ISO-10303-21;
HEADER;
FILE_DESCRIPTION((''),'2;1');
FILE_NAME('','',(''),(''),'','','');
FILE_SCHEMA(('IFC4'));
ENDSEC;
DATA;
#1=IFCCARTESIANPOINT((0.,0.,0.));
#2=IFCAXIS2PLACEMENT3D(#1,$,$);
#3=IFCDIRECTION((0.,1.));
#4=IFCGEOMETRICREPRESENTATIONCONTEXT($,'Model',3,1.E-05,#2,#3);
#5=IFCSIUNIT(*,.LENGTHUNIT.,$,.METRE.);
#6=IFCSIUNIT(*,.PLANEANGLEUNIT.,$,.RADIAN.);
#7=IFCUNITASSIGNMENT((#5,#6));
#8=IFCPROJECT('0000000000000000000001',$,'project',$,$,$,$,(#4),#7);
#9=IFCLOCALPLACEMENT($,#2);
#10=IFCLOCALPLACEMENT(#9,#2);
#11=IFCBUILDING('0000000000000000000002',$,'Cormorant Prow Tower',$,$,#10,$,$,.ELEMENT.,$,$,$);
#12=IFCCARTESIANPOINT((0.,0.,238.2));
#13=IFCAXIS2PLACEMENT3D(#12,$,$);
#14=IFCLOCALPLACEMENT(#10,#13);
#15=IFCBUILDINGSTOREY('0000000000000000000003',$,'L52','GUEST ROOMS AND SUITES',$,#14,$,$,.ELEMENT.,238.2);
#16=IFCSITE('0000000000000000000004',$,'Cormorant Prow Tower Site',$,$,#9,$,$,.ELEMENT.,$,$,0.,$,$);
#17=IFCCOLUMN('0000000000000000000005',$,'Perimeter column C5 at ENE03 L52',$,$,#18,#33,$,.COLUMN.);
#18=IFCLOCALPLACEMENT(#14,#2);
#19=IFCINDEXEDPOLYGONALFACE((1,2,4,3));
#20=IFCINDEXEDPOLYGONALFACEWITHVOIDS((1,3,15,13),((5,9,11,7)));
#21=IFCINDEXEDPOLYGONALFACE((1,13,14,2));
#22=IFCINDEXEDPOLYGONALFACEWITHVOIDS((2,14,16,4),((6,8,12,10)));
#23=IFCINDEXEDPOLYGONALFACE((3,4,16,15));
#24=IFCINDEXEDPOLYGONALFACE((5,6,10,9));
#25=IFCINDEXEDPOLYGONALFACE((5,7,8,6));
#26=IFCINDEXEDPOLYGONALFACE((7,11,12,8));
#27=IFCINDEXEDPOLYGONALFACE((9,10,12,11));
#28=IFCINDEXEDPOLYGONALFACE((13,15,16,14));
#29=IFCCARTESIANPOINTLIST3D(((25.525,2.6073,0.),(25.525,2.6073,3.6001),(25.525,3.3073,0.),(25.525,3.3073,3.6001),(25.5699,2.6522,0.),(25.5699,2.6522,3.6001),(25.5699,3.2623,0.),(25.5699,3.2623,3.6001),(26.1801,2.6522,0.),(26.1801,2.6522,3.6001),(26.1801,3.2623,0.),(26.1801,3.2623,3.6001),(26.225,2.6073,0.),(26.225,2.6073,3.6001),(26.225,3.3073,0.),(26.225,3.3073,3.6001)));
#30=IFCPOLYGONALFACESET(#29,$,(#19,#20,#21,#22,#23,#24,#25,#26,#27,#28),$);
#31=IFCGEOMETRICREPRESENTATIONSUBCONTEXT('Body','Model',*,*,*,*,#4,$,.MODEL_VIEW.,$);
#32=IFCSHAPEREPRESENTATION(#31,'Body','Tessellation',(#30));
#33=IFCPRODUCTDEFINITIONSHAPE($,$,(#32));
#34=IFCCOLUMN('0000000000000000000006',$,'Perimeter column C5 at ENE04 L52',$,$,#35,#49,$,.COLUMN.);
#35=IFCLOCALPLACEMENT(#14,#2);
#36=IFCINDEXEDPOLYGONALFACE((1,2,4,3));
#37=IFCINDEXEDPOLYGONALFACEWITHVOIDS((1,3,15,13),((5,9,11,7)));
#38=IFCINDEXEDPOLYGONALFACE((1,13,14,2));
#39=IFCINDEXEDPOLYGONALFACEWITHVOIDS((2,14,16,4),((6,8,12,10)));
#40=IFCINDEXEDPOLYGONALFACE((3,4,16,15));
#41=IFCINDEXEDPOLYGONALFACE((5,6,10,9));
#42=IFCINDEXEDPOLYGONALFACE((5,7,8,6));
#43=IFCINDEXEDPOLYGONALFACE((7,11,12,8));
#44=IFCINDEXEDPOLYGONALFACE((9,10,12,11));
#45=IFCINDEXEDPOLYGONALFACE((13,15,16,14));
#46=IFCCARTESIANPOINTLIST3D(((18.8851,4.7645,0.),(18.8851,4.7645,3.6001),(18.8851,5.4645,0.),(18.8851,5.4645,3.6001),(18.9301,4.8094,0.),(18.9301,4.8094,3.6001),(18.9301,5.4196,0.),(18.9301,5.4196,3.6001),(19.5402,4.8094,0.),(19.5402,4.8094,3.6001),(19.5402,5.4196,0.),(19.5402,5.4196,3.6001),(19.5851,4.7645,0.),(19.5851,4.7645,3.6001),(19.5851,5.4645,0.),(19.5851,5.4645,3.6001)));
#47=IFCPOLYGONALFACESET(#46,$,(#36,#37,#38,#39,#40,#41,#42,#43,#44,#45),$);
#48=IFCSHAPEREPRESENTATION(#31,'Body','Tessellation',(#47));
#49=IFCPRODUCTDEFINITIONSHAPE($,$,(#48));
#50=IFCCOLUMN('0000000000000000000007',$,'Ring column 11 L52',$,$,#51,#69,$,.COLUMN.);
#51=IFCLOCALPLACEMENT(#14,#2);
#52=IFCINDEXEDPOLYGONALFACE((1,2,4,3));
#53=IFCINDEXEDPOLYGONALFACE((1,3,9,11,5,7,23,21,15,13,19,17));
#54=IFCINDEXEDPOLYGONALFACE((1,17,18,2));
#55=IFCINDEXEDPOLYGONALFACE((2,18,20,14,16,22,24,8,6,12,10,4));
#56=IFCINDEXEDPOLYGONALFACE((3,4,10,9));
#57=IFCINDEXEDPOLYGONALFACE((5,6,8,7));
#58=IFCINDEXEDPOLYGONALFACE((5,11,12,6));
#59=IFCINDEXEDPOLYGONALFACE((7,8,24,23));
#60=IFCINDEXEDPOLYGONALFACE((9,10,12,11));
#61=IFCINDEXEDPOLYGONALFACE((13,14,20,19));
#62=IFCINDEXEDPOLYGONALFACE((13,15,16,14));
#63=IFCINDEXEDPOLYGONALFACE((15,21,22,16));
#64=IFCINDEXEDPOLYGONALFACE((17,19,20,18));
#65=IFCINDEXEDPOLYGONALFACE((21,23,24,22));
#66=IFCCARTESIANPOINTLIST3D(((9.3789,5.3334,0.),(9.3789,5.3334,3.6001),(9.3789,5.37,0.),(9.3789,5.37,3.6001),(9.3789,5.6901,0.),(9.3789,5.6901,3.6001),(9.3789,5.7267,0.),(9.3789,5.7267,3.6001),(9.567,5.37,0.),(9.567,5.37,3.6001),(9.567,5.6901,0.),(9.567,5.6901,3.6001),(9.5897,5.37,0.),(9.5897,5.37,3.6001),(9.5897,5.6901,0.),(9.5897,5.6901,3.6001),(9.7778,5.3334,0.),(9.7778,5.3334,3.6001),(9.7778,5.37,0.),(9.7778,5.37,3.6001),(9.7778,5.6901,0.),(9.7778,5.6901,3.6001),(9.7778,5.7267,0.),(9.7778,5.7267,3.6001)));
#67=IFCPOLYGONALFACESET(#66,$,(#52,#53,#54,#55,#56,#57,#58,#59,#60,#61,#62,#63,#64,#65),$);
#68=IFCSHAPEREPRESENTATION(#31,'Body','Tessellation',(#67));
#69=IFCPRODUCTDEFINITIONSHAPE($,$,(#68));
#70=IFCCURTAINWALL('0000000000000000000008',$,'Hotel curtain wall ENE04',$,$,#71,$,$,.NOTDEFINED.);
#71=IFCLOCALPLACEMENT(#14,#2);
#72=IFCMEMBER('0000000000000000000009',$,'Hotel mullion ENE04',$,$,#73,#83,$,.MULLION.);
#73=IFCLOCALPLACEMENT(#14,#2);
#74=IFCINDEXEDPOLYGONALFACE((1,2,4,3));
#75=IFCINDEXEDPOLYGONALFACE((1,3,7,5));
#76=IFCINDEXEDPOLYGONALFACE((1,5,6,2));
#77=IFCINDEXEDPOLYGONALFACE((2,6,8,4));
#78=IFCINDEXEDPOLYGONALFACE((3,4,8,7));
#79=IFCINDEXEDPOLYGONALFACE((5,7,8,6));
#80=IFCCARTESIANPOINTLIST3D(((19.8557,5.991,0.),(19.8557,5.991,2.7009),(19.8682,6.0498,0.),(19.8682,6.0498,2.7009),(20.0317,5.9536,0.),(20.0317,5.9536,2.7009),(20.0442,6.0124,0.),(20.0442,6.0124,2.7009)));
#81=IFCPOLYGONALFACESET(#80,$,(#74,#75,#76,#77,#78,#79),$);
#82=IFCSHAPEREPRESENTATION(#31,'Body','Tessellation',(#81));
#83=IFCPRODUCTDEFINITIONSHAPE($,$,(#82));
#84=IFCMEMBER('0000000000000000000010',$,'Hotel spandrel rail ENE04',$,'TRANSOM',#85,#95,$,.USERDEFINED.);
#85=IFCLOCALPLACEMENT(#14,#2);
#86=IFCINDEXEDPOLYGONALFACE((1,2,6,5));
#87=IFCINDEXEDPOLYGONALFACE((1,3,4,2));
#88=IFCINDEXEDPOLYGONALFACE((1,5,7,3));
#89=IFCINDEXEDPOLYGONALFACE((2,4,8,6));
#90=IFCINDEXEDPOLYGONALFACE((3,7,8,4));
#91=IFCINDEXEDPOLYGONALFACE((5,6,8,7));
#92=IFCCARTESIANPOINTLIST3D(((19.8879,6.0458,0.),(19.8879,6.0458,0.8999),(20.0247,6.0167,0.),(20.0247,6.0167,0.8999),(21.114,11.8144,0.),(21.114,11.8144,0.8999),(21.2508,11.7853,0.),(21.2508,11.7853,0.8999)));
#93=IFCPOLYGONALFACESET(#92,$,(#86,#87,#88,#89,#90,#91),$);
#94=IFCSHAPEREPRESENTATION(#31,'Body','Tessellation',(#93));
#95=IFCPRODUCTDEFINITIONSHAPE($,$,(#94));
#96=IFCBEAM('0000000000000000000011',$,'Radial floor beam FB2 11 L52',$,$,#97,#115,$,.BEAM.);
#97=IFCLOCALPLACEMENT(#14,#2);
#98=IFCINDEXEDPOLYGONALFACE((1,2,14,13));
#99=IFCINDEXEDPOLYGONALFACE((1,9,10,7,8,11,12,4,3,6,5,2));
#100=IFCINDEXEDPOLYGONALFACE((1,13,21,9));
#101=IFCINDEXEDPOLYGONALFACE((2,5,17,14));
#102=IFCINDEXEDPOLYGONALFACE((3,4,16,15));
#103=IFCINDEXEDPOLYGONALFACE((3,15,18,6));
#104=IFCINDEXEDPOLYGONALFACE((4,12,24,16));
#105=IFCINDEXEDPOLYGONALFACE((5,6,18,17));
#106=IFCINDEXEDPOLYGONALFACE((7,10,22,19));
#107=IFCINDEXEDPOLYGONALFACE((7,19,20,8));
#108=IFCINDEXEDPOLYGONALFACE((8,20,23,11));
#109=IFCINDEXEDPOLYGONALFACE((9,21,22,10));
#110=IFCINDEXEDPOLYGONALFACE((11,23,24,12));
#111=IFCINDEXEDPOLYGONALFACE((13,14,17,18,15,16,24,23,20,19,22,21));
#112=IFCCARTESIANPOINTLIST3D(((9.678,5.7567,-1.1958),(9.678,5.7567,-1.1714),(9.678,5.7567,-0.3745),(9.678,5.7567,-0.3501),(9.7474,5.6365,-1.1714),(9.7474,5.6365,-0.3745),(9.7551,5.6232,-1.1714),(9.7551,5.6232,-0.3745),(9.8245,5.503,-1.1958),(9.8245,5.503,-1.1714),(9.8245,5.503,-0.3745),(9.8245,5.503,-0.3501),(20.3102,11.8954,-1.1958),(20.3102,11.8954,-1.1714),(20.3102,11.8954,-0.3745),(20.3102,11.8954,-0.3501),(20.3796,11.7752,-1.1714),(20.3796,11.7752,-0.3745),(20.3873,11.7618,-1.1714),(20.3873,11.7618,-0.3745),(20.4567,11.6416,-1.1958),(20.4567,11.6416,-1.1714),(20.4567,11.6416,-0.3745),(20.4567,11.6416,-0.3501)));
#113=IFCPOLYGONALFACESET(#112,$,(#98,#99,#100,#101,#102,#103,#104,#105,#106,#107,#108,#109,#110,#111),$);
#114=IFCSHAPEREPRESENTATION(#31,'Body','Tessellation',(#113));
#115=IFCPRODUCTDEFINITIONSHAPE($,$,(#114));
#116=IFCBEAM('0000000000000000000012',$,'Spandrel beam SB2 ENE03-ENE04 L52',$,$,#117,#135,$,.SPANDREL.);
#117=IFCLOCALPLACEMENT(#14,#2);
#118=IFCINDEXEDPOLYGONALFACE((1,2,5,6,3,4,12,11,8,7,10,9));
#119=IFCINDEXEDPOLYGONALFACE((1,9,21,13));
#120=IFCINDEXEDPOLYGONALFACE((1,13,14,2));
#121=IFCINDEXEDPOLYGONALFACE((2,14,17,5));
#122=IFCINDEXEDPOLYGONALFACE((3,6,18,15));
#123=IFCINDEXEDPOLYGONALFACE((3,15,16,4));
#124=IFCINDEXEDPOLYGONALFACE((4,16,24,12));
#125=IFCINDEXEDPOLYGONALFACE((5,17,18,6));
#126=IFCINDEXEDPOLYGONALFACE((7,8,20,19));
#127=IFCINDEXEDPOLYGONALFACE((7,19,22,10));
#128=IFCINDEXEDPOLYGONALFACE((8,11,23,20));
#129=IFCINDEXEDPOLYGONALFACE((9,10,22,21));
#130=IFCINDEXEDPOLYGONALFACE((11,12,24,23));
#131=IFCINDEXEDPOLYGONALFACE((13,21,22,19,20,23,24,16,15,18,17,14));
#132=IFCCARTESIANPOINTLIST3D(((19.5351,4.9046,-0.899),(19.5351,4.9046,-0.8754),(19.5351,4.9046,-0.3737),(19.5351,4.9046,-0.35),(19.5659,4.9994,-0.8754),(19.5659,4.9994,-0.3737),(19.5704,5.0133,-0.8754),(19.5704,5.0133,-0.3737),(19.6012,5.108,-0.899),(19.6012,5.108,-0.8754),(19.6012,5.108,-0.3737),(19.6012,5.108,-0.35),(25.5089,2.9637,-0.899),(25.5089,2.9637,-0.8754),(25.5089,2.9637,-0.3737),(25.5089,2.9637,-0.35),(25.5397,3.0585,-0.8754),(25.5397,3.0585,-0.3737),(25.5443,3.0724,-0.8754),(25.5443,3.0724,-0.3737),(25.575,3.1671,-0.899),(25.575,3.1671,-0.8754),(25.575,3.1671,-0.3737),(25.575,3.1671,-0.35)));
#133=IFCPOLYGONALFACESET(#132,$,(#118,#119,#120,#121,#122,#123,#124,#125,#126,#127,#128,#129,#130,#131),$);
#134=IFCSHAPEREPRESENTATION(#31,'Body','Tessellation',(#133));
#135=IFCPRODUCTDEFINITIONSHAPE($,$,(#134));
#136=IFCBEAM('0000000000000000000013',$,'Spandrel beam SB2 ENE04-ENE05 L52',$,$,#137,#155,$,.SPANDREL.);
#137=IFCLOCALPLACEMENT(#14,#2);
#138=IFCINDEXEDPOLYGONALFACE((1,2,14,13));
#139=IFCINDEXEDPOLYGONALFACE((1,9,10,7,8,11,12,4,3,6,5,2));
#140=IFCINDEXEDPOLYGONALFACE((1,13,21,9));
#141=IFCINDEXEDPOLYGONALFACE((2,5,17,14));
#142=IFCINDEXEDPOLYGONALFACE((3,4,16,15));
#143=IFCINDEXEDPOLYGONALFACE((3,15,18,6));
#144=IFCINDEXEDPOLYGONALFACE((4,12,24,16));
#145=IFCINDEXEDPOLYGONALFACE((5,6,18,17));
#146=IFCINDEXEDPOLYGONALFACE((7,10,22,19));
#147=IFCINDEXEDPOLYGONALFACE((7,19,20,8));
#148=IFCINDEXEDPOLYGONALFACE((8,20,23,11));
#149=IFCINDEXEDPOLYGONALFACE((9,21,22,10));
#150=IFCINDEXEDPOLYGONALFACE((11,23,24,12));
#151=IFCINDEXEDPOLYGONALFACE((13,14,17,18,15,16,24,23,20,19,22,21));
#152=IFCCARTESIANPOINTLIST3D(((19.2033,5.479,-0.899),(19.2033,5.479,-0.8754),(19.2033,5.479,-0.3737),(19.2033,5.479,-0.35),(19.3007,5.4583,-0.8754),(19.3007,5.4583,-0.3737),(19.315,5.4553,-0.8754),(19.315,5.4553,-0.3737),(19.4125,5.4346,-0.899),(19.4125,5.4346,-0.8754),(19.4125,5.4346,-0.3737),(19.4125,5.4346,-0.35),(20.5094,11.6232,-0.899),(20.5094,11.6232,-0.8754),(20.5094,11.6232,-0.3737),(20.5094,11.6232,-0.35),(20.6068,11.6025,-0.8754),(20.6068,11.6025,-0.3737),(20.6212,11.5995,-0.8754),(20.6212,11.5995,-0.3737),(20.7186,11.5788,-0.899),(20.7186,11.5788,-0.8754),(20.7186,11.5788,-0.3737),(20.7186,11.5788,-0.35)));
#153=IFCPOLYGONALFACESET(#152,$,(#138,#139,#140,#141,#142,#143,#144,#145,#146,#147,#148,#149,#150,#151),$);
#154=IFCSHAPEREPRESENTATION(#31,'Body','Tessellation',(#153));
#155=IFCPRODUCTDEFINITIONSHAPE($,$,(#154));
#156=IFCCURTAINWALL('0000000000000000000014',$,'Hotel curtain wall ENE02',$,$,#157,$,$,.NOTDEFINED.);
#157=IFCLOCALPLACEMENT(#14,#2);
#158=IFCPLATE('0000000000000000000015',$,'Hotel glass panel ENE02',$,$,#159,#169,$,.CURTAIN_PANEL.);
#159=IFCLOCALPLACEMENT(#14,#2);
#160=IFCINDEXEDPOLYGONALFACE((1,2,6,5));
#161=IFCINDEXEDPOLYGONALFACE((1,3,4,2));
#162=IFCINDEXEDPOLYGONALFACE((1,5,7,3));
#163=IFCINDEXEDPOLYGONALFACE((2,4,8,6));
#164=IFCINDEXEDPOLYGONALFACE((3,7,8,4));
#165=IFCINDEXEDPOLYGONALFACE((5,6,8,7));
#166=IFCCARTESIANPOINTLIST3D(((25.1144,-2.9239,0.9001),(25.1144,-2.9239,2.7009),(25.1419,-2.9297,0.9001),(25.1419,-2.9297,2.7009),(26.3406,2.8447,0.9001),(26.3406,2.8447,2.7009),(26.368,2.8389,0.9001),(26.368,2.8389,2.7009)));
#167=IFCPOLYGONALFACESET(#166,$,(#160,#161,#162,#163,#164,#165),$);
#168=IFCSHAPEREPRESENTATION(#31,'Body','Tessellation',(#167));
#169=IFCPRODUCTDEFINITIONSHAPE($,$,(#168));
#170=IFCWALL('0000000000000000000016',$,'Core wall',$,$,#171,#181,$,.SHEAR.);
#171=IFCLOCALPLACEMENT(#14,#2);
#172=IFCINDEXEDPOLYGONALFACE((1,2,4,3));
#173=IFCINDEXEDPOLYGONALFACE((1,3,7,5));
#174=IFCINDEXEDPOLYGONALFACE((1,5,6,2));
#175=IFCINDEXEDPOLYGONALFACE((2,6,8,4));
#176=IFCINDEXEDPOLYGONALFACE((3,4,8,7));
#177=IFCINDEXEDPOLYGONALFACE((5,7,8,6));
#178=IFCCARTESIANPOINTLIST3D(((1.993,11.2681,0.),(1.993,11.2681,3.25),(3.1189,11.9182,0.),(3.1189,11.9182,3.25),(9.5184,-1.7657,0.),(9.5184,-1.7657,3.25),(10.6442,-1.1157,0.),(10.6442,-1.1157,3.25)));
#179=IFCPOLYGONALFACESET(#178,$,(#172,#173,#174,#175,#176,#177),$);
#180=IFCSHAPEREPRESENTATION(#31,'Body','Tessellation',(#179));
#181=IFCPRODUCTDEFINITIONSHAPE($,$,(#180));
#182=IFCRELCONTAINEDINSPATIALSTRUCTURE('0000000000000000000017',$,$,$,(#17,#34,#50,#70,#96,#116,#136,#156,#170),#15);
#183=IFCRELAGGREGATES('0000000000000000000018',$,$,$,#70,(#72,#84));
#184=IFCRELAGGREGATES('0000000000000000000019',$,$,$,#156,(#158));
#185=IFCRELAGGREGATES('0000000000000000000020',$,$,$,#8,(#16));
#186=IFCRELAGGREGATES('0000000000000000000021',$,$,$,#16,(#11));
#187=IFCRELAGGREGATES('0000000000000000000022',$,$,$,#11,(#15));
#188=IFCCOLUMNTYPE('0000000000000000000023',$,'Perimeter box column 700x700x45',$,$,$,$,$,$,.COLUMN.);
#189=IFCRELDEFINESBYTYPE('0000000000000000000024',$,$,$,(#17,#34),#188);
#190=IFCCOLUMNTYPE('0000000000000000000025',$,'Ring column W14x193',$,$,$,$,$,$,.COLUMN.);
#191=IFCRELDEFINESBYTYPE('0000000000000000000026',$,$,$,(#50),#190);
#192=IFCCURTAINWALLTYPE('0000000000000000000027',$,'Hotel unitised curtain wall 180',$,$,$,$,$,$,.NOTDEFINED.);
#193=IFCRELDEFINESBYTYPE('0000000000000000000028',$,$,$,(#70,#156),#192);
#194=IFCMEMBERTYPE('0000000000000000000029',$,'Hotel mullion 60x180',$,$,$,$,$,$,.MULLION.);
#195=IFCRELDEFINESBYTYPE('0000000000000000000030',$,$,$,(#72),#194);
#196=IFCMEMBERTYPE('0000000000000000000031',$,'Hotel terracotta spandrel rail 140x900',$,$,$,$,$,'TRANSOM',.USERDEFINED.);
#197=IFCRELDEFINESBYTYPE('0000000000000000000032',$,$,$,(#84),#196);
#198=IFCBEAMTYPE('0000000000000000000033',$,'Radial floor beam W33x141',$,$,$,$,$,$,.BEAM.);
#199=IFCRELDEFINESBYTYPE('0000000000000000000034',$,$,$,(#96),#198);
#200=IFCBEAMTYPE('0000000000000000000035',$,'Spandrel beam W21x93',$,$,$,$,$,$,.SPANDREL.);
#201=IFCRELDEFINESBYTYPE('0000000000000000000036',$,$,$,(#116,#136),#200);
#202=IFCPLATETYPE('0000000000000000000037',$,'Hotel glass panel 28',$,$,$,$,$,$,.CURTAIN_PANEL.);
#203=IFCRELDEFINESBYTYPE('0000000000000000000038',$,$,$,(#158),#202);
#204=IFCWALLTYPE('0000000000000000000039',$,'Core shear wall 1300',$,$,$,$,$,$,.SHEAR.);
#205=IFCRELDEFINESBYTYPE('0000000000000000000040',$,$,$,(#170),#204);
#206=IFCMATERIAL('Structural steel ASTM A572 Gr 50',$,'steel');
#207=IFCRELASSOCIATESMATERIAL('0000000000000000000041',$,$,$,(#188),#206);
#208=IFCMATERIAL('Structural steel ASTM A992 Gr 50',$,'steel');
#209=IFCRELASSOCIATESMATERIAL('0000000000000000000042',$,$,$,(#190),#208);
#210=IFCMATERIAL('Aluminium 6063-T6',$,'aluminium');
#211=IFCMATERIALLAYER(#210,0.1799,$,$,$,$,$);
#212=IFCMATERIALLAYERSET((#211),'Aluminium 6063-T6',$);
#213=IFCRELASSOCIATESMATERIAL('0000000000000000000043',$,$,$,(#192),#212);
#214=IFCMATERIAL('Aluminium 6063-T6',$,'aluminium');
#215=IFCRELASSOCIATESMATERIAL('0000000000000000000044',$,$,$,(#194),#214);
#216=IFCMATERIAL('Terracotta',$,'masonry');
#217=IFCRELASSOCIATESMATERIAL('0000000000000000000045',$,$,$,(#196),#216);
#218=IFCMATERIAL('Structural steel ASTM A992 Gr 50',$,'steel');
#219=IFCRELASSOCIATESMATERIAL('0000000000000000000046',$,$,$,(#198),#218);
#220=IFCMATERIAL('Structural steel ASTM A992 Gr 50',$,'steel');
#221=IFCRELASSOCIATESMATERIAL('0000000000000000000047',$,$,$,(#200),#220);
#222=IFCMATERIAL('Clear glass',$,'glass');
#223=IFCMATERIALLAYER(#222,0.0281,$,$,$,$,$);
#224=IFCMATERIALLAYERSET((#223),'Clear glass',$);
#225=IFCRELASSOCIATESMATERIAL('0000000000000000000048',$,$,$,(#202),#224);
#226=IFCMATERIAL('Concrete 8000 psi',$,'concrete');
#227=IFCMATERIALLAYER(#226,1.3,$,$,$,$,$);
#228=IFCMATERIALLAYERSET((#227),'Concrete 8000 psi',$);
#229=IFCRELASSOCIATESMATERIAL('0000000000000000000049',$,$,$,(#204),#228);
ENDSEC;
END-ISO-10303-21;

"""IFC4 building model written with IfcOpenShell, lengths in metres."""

from ifc_helpers import new_model, si_unit, direction, frame, frame_2d, origin, origin_2d, place, context, subcontext, project, spatial, rectangle, hollow_rectangle, i_section, extrude, material, layer, layer_set, material_profile, profile_set, type_object, element, aggregate, save


model = new_model("IFC4")

# Units and contexts
model_context = context("Model", 3, precision=1e-05, world=origin(), true_north=direction((0.0, 1.0)))
body_context = subcontext(model_context, "Body", "Model", "MODEL_VIEW")
ifc_project = project(units=[si_unit("LENGTHUNIT", "METRE"), si_unit("PLANEANGLEUNIT", "RADIAN")], contexts=[model_context])

# Site, building, storey
site_placement = place(None, origin())
site = spatial("IfcSite", under=ifc_project, at=site_placement, Name="Cormorant Prow Tower Site", CompositionType="ELEMENT", RefElevation=0.0)
building_placement = place(site_placement, origin())
building = spatial("IfcBuilding", under=site, at=building_placement, Name="Cormorant Prow Tower", CompositionType="ELEMENT")
storey_placement = place(building_placement, frame((0.0, 0.0, 238.2)))
storey = spatial("IfcBuildingStorey", under=building, at=storey_placement, Name="L52", Description="GUEST ROOMS AND SUITES", CompositionType="ELEMENT", Elevation=238.2)

# Columns
ifc_material_1 = material(Name="Structural steel ASTM A572 Gr 50", Category="steel")
ifc_material_profile_1 = material_profile(ifc_material_1, hollow_rectangle(XDim=0.7, YDim=0.7, WallThickness=0.0449, at=origin_2d()), Name="Box 700x700x45")
ifc_profile_set_1 = profile_set([ifc_material_profile_1], Name="Structural steel ASTM A572 Gr 50")
column_type_1 = type_object("IfcColumnType", Name="Perimeter box column 700x700x45", PredefinedType="COLUMN", material=ifc_profile_set_1)
for number, where, z_axis, x_axis, name in (
    (1, (25.875, 2.9573, 0.0), (0.0, 0.0, 1.0), (1.0, 0.0, 0.0), "Perimeter column C5 at ENE03 L52"),
    (2, (19.2351, 5.1145, 0.0), (0.0, 0.0, 1.0), (1.0, 0.0, 0.0), "Perimeter column C5 at ENE04 L52"),
):
    element("IfcColumn", number, at=place(storey_placement, frame(where, z_axis=z_axis, x_axis=x_axis)), inside=storey, type_object=column_type_1, Name=name, PredefinedType="COLUMN", context=body_context, shape_type="SweptSolid", body=[
        extrude(hollow_rectangle(XDim=0.7, YDim=0.7, WallThickness=0.0449, at=origin_2d()), origin(), (0.0, 0.0, 1.0), 3.6001),
    ])
ifc_material_2 = material(Name="Structural steel ASTM A992 Gr 50", Category="steel")
ifc_material_profile_2 = material_profile(ifc_material_2, i_section(OverallWidth=0.3989, OverallDepth=0.3933, WebThickness=0.0227, FlangeThickness=0.0366, at=origin_2d()), Name="W14x193")
ifc_profile_set_2 = profile_set([ifc_material_profile_2], Name="Structural steel ASTM A992 Gr 50")
column_type_2 = type_object("IfcColumnType", Name="Ring column W14x193", PredefinedType="COLUMN", material=ifc_profile_set_2)
column_placement = place(storey_placement, frame((9.5784, 5.53, 0.0), z_axis=(0.0, 0.0, 1.0), x_axis=(1.0, 0.0, 0.0)))
element("IfcColumn", 3, at=column_placement, inside=storey, type_object=column_type_2, Name="Ring column 11 L52", PredefinedType="COLUMN", context=body_context, shape_type="SweptSolid", body=[
    extrude(i_section(OverallWidth=0.3989, OverallDepth=0.3933, WebThickness=0.0227, FlangeThickness=0.0366, at=origin_2d()), origin(), (0.0, 0.0, 1.0), 3.6001),
])

# Curtain wall, members
ifc_material_3 = material(Name="Aluminium 6063-T6", Category="aluminium")
ifc_layer_1 = layer(ifc_material_3, 0.1799)
ifc_layer_set_1 = layer_set([ifc_layer_1], Name="Aluminium 6063-T6")
curtain_wall_type = type_object("IfcCurtainWallType", Name="Hotel unitised curtain wall 180", PredefinedType="NOTDEFINED", material=ifc_layer_set_1)
curtain_wall_1_placement = place(storey_placement, origin())
curtain_wall_1 = element("IfcCurtainWall", 4, at=curtain_wall_1_placement, inside=storey, type_object=curtain_wall_type, Name="Hotel curtain wall ENE04", PredefinedType="NOTDEFINED")
ifc_material_4 = material(Name="Aluminium 6063-T6", Category="aluminium")
ifc_material_profile_3 = material_profile(ifc_material_4, rectangle(XDim=0.1799, YDim=0.0601, at=origin_2d()), Name="Hotel mullion 60x180")
ifc_profile_set_3 = profile_set([ifc_material_profile_3], Name="Aluminium 6063-T6")
member_type_1 = type_object("IfcMemberType", Name="Hotel mullion 60x180", PredefinedType="MULLION", material=ifc_profile_set_3)
member_1_placement = place(storey_placement, frame((19.95, 6.0017, 0.0), z_axis=(0.0, 0.0, 1.0), x_axis=(-0.978148, 0.207912, 0.0)))
member_1 = element("IfcMember", 5, at=member_1_placement, type_object=member_type_1, Name="Hotel mullion ENE04", PredefinedType="MULLION", context=body_context, shape_type="SweptSolid", body=[
    extrude(rectangle(XDim=0.1799, YDim=0.0601, at=origin_2d()), origin(), (0.0, 0.0, 1.0), 2.7009),
])
ifc_material_5 = material(Name="Terracotta", Category="masonry")
ifc_material_profile_4 = material_profile(ifc_material_5, rectangle(XDim=0.1399, YDim=0.8999, at=origin_2d()), Name="Hotel terracotta spandrel rail 140x900")
ifc_profile_set_4 = profile_set([ifc_material_profile_4], Name="Terracotta")
member_type_2 = type_object("IfcMemberType", Name="Hotel terracotta spandrel rail 140x900", ElementType="TRANSOM", PredefinedType="USERDEFINED", material=ifc_profile_set_4)
member_2_placement = place(storey_placement, frame((19.9563, 6.0312, 0.45), z_axis=(0.2079, 0.97815, 0.0), x_axis=(-0.97815, 0.2079, 0.0)))
member_2 = element("IfcMember", 6, at=member_2_placement, type_object=member_type_2, Name="Hotel spandrel rail ENE04", ObjectType="TRANSOM", PredefinedType="USERDEFINED", context=body_context, shape_type="SweptSolid", body=[
    extrude(rectangle(XDim=0.1399, YDim=0.8999, at=origin_2d()), origin(), (0.0, 0.0, 1.0), 5.8975),
])
aggregate(curtain_wall_1, [member_1, member_2])

# Beams
ifc_material_6 = material(Name="Structural steel ASTM A992 Gr 50", Category="steel")
ifc_material_profile_5 = material_profile(ifc_material_6, i_section(OverallWidth=0.293, OverallDepth=0.8457, WebThickness=0.0154, FlangeThickness=0.0244, at=origin_2d()), Name="W33x141")
ifc_profile_set_5 = profile_set([ifc_material_profile_5], Name="Structural steel ASTM A992 Gr 50")
beam_type_1 = type_object("IfcBeamType", Name="Radial floor beam W33x141", PredefinedType="BEAM", material=ifc_profile_set_5)
beam_1_placement = place(storey_placement, frame((9.7512, 5.6299, -0.7729), z_axis=(0.866022, 0.500006, 0.0), x_axis=(-0.500006, 0.866022, 0.0)))
element("IfcBeam", 7, at=beam_1_placement, inside=storey, type_object=beam_type_1, Name="Radial floor beam FB2 11 L52", PredefinedType="BEAM", context=body_context, shape_type="SweptSolid", body=[
    extrude(i_section(OverallWidth=0.293, OverallDepth=0.8457, WebThickness=0.0154, FlangeThickness=0.0244, at=origin_2d()), origin(), (0.0, 0.0, 1.0), 12.2771),
])
ifc_material_7 = material(Name="Structural steel ASTM A992 Gr 50", Category="steel")
ifc_material_profile_6 = material_profile(ifc_material_7, i_section(OverallWidth=0.2139, OverallDepth=0.5491, WebThickness=0.0146, FlangeThickness=0.0237, at=origin_2d()), Name="W21x93")
ifc_profile_set_6 = profile_set([ifc_material_profile_6], Name="Structural steel ASTM A992 Gr 50")
beam_type_2 = type_object("IfcBeamType", Name="Spandrel beam W21x93", PredefinedType="SPANDREL", material=ifc_profile_set_6)
beam_2_placement = place(storey_placement, frame((25.542, 3.0654, -0.6245), z_axis=(-0.951062, 0.309001, 0.0), x_axis=(-0.309001, -0.951062, 0.0)))
element("IfcBeam", 8, at=beam_2_placement, inside=storey, type_object=beam_type_2, Name="Spandrel beam SB2 ENE03-ENE04 L52", PredefinedType="SPANDREL", context=body_context, shape_type="SweptSolid", body=[
    extrude(i_section(OverallWidth=0.2139, OverallDepth=0.5491, WebThickness=0.0146, FlangeThickness=0.0237, at=origin_2d()), origin(), (0.0, 0.0, 1.0), 6.2812),
])
beam_3_placement = place(storey_placement, frame((19.3079, 5.4568, -0.6245), z_axis=(0.207934, 0.978143, 0.0), x_axis=(-0.978143, 0.207934, 0.0)))
element("IfcBeam", 9, at=beam_3_placement, inside=storey, type_object=beam_type_2, Name="Spandrel beam SB2 ENE04-ENE05 L52", PredefinedType="SPANDREL", context=body_context, shape_type="SweptSolid", body=[
    extrude(i_section(OverallWidth=0.2139, OverallDepth=0.5491, WebThickness=0.0146, FlangeThickness=0.0237, at=origin_2d()), origin(), (0.0, 0.0, 1.0), 6.2815),
])

# Curtain wall, plate
curtain_wall_2_placement = place(storey_placement, origin())
curtain_wall_2 = element("IfcCurtainWall", 10, at=curtain_wall_2_placement, inside=storey, type_object=curtain_wall_type, Name="Hotel curtain wall ENE02", PredefinedType="NOTDEFINED")
ifc_material_8 = material(Name="Clear glass", Category="glass")
ifc_layer_2 = layer(ifc_material_8, 0.0281)
ifc_layer_set_2 = layer_set([ifc_layer_2], Name="Clear glass")
plate_type = type_object("IfcPlateType", Name="Hotel glass panel 28", PredefinedType="CURTAIN_PANEL", material=ifc_layer_set_2)
plate_placement = place(storey_placement, frame((25.7412, -0.0425, 0.9001), z_axis=(0.0, 0.0, 1.0), x_axis=(0.207912, 0.978148, 0.0)))
plate = element("IfcPlate", 11, at=plate_placement, type_object=plate_type, Name="Hotel glass panel ENE02", PredefinedType="CURTAIN_PANEL", context=body_context, shape_type="SweptSolid", body=[
    extrude(rectangle(XDim=5.8975, YDim=0.0281, at=origin_2d()), origin(), (0.0, 0.0, 1.0), 1.8008),
])
aggregate(curtain_wall_2, [plate])

# Wall
ifc_material_9 = material(Name="Concrete 8000 psi", Category="concrete")
ifc_layer_3 = layer(ifc_material_9, 1.3)
ifc_layer_set_3 = layer_set([ifc_layer_3], Name="Concrete 8000 psi")
wall_type_1 = type_object("IfcWallType", Name="Core shear wall 1300", PredefinedType="SHEAR", material=ifc_layer_set_3)
wall_1_placement = place(storey_placement, frame((10.0813, -1.4407, 0.0), z_axis=(0.0, 0.0, 1.0), x_axis=(-0.500012, 0.866018, 0.0)))
element("IfcWall", 12, at=wall_1_placement, inside=storey, type_object=wall_type_1, Name="Core wall", PredefinedType="SHEAR", context=body_context, shape_type="SweptSolid", body=[
    extrude(rectangle(XDim=15.0503, YDim=1.3, at=frame_2d((7.5251, 0.0))), origin(), (0.0, 0.0, 1.0), 3.25),
])

save(model, "model.ifc")
